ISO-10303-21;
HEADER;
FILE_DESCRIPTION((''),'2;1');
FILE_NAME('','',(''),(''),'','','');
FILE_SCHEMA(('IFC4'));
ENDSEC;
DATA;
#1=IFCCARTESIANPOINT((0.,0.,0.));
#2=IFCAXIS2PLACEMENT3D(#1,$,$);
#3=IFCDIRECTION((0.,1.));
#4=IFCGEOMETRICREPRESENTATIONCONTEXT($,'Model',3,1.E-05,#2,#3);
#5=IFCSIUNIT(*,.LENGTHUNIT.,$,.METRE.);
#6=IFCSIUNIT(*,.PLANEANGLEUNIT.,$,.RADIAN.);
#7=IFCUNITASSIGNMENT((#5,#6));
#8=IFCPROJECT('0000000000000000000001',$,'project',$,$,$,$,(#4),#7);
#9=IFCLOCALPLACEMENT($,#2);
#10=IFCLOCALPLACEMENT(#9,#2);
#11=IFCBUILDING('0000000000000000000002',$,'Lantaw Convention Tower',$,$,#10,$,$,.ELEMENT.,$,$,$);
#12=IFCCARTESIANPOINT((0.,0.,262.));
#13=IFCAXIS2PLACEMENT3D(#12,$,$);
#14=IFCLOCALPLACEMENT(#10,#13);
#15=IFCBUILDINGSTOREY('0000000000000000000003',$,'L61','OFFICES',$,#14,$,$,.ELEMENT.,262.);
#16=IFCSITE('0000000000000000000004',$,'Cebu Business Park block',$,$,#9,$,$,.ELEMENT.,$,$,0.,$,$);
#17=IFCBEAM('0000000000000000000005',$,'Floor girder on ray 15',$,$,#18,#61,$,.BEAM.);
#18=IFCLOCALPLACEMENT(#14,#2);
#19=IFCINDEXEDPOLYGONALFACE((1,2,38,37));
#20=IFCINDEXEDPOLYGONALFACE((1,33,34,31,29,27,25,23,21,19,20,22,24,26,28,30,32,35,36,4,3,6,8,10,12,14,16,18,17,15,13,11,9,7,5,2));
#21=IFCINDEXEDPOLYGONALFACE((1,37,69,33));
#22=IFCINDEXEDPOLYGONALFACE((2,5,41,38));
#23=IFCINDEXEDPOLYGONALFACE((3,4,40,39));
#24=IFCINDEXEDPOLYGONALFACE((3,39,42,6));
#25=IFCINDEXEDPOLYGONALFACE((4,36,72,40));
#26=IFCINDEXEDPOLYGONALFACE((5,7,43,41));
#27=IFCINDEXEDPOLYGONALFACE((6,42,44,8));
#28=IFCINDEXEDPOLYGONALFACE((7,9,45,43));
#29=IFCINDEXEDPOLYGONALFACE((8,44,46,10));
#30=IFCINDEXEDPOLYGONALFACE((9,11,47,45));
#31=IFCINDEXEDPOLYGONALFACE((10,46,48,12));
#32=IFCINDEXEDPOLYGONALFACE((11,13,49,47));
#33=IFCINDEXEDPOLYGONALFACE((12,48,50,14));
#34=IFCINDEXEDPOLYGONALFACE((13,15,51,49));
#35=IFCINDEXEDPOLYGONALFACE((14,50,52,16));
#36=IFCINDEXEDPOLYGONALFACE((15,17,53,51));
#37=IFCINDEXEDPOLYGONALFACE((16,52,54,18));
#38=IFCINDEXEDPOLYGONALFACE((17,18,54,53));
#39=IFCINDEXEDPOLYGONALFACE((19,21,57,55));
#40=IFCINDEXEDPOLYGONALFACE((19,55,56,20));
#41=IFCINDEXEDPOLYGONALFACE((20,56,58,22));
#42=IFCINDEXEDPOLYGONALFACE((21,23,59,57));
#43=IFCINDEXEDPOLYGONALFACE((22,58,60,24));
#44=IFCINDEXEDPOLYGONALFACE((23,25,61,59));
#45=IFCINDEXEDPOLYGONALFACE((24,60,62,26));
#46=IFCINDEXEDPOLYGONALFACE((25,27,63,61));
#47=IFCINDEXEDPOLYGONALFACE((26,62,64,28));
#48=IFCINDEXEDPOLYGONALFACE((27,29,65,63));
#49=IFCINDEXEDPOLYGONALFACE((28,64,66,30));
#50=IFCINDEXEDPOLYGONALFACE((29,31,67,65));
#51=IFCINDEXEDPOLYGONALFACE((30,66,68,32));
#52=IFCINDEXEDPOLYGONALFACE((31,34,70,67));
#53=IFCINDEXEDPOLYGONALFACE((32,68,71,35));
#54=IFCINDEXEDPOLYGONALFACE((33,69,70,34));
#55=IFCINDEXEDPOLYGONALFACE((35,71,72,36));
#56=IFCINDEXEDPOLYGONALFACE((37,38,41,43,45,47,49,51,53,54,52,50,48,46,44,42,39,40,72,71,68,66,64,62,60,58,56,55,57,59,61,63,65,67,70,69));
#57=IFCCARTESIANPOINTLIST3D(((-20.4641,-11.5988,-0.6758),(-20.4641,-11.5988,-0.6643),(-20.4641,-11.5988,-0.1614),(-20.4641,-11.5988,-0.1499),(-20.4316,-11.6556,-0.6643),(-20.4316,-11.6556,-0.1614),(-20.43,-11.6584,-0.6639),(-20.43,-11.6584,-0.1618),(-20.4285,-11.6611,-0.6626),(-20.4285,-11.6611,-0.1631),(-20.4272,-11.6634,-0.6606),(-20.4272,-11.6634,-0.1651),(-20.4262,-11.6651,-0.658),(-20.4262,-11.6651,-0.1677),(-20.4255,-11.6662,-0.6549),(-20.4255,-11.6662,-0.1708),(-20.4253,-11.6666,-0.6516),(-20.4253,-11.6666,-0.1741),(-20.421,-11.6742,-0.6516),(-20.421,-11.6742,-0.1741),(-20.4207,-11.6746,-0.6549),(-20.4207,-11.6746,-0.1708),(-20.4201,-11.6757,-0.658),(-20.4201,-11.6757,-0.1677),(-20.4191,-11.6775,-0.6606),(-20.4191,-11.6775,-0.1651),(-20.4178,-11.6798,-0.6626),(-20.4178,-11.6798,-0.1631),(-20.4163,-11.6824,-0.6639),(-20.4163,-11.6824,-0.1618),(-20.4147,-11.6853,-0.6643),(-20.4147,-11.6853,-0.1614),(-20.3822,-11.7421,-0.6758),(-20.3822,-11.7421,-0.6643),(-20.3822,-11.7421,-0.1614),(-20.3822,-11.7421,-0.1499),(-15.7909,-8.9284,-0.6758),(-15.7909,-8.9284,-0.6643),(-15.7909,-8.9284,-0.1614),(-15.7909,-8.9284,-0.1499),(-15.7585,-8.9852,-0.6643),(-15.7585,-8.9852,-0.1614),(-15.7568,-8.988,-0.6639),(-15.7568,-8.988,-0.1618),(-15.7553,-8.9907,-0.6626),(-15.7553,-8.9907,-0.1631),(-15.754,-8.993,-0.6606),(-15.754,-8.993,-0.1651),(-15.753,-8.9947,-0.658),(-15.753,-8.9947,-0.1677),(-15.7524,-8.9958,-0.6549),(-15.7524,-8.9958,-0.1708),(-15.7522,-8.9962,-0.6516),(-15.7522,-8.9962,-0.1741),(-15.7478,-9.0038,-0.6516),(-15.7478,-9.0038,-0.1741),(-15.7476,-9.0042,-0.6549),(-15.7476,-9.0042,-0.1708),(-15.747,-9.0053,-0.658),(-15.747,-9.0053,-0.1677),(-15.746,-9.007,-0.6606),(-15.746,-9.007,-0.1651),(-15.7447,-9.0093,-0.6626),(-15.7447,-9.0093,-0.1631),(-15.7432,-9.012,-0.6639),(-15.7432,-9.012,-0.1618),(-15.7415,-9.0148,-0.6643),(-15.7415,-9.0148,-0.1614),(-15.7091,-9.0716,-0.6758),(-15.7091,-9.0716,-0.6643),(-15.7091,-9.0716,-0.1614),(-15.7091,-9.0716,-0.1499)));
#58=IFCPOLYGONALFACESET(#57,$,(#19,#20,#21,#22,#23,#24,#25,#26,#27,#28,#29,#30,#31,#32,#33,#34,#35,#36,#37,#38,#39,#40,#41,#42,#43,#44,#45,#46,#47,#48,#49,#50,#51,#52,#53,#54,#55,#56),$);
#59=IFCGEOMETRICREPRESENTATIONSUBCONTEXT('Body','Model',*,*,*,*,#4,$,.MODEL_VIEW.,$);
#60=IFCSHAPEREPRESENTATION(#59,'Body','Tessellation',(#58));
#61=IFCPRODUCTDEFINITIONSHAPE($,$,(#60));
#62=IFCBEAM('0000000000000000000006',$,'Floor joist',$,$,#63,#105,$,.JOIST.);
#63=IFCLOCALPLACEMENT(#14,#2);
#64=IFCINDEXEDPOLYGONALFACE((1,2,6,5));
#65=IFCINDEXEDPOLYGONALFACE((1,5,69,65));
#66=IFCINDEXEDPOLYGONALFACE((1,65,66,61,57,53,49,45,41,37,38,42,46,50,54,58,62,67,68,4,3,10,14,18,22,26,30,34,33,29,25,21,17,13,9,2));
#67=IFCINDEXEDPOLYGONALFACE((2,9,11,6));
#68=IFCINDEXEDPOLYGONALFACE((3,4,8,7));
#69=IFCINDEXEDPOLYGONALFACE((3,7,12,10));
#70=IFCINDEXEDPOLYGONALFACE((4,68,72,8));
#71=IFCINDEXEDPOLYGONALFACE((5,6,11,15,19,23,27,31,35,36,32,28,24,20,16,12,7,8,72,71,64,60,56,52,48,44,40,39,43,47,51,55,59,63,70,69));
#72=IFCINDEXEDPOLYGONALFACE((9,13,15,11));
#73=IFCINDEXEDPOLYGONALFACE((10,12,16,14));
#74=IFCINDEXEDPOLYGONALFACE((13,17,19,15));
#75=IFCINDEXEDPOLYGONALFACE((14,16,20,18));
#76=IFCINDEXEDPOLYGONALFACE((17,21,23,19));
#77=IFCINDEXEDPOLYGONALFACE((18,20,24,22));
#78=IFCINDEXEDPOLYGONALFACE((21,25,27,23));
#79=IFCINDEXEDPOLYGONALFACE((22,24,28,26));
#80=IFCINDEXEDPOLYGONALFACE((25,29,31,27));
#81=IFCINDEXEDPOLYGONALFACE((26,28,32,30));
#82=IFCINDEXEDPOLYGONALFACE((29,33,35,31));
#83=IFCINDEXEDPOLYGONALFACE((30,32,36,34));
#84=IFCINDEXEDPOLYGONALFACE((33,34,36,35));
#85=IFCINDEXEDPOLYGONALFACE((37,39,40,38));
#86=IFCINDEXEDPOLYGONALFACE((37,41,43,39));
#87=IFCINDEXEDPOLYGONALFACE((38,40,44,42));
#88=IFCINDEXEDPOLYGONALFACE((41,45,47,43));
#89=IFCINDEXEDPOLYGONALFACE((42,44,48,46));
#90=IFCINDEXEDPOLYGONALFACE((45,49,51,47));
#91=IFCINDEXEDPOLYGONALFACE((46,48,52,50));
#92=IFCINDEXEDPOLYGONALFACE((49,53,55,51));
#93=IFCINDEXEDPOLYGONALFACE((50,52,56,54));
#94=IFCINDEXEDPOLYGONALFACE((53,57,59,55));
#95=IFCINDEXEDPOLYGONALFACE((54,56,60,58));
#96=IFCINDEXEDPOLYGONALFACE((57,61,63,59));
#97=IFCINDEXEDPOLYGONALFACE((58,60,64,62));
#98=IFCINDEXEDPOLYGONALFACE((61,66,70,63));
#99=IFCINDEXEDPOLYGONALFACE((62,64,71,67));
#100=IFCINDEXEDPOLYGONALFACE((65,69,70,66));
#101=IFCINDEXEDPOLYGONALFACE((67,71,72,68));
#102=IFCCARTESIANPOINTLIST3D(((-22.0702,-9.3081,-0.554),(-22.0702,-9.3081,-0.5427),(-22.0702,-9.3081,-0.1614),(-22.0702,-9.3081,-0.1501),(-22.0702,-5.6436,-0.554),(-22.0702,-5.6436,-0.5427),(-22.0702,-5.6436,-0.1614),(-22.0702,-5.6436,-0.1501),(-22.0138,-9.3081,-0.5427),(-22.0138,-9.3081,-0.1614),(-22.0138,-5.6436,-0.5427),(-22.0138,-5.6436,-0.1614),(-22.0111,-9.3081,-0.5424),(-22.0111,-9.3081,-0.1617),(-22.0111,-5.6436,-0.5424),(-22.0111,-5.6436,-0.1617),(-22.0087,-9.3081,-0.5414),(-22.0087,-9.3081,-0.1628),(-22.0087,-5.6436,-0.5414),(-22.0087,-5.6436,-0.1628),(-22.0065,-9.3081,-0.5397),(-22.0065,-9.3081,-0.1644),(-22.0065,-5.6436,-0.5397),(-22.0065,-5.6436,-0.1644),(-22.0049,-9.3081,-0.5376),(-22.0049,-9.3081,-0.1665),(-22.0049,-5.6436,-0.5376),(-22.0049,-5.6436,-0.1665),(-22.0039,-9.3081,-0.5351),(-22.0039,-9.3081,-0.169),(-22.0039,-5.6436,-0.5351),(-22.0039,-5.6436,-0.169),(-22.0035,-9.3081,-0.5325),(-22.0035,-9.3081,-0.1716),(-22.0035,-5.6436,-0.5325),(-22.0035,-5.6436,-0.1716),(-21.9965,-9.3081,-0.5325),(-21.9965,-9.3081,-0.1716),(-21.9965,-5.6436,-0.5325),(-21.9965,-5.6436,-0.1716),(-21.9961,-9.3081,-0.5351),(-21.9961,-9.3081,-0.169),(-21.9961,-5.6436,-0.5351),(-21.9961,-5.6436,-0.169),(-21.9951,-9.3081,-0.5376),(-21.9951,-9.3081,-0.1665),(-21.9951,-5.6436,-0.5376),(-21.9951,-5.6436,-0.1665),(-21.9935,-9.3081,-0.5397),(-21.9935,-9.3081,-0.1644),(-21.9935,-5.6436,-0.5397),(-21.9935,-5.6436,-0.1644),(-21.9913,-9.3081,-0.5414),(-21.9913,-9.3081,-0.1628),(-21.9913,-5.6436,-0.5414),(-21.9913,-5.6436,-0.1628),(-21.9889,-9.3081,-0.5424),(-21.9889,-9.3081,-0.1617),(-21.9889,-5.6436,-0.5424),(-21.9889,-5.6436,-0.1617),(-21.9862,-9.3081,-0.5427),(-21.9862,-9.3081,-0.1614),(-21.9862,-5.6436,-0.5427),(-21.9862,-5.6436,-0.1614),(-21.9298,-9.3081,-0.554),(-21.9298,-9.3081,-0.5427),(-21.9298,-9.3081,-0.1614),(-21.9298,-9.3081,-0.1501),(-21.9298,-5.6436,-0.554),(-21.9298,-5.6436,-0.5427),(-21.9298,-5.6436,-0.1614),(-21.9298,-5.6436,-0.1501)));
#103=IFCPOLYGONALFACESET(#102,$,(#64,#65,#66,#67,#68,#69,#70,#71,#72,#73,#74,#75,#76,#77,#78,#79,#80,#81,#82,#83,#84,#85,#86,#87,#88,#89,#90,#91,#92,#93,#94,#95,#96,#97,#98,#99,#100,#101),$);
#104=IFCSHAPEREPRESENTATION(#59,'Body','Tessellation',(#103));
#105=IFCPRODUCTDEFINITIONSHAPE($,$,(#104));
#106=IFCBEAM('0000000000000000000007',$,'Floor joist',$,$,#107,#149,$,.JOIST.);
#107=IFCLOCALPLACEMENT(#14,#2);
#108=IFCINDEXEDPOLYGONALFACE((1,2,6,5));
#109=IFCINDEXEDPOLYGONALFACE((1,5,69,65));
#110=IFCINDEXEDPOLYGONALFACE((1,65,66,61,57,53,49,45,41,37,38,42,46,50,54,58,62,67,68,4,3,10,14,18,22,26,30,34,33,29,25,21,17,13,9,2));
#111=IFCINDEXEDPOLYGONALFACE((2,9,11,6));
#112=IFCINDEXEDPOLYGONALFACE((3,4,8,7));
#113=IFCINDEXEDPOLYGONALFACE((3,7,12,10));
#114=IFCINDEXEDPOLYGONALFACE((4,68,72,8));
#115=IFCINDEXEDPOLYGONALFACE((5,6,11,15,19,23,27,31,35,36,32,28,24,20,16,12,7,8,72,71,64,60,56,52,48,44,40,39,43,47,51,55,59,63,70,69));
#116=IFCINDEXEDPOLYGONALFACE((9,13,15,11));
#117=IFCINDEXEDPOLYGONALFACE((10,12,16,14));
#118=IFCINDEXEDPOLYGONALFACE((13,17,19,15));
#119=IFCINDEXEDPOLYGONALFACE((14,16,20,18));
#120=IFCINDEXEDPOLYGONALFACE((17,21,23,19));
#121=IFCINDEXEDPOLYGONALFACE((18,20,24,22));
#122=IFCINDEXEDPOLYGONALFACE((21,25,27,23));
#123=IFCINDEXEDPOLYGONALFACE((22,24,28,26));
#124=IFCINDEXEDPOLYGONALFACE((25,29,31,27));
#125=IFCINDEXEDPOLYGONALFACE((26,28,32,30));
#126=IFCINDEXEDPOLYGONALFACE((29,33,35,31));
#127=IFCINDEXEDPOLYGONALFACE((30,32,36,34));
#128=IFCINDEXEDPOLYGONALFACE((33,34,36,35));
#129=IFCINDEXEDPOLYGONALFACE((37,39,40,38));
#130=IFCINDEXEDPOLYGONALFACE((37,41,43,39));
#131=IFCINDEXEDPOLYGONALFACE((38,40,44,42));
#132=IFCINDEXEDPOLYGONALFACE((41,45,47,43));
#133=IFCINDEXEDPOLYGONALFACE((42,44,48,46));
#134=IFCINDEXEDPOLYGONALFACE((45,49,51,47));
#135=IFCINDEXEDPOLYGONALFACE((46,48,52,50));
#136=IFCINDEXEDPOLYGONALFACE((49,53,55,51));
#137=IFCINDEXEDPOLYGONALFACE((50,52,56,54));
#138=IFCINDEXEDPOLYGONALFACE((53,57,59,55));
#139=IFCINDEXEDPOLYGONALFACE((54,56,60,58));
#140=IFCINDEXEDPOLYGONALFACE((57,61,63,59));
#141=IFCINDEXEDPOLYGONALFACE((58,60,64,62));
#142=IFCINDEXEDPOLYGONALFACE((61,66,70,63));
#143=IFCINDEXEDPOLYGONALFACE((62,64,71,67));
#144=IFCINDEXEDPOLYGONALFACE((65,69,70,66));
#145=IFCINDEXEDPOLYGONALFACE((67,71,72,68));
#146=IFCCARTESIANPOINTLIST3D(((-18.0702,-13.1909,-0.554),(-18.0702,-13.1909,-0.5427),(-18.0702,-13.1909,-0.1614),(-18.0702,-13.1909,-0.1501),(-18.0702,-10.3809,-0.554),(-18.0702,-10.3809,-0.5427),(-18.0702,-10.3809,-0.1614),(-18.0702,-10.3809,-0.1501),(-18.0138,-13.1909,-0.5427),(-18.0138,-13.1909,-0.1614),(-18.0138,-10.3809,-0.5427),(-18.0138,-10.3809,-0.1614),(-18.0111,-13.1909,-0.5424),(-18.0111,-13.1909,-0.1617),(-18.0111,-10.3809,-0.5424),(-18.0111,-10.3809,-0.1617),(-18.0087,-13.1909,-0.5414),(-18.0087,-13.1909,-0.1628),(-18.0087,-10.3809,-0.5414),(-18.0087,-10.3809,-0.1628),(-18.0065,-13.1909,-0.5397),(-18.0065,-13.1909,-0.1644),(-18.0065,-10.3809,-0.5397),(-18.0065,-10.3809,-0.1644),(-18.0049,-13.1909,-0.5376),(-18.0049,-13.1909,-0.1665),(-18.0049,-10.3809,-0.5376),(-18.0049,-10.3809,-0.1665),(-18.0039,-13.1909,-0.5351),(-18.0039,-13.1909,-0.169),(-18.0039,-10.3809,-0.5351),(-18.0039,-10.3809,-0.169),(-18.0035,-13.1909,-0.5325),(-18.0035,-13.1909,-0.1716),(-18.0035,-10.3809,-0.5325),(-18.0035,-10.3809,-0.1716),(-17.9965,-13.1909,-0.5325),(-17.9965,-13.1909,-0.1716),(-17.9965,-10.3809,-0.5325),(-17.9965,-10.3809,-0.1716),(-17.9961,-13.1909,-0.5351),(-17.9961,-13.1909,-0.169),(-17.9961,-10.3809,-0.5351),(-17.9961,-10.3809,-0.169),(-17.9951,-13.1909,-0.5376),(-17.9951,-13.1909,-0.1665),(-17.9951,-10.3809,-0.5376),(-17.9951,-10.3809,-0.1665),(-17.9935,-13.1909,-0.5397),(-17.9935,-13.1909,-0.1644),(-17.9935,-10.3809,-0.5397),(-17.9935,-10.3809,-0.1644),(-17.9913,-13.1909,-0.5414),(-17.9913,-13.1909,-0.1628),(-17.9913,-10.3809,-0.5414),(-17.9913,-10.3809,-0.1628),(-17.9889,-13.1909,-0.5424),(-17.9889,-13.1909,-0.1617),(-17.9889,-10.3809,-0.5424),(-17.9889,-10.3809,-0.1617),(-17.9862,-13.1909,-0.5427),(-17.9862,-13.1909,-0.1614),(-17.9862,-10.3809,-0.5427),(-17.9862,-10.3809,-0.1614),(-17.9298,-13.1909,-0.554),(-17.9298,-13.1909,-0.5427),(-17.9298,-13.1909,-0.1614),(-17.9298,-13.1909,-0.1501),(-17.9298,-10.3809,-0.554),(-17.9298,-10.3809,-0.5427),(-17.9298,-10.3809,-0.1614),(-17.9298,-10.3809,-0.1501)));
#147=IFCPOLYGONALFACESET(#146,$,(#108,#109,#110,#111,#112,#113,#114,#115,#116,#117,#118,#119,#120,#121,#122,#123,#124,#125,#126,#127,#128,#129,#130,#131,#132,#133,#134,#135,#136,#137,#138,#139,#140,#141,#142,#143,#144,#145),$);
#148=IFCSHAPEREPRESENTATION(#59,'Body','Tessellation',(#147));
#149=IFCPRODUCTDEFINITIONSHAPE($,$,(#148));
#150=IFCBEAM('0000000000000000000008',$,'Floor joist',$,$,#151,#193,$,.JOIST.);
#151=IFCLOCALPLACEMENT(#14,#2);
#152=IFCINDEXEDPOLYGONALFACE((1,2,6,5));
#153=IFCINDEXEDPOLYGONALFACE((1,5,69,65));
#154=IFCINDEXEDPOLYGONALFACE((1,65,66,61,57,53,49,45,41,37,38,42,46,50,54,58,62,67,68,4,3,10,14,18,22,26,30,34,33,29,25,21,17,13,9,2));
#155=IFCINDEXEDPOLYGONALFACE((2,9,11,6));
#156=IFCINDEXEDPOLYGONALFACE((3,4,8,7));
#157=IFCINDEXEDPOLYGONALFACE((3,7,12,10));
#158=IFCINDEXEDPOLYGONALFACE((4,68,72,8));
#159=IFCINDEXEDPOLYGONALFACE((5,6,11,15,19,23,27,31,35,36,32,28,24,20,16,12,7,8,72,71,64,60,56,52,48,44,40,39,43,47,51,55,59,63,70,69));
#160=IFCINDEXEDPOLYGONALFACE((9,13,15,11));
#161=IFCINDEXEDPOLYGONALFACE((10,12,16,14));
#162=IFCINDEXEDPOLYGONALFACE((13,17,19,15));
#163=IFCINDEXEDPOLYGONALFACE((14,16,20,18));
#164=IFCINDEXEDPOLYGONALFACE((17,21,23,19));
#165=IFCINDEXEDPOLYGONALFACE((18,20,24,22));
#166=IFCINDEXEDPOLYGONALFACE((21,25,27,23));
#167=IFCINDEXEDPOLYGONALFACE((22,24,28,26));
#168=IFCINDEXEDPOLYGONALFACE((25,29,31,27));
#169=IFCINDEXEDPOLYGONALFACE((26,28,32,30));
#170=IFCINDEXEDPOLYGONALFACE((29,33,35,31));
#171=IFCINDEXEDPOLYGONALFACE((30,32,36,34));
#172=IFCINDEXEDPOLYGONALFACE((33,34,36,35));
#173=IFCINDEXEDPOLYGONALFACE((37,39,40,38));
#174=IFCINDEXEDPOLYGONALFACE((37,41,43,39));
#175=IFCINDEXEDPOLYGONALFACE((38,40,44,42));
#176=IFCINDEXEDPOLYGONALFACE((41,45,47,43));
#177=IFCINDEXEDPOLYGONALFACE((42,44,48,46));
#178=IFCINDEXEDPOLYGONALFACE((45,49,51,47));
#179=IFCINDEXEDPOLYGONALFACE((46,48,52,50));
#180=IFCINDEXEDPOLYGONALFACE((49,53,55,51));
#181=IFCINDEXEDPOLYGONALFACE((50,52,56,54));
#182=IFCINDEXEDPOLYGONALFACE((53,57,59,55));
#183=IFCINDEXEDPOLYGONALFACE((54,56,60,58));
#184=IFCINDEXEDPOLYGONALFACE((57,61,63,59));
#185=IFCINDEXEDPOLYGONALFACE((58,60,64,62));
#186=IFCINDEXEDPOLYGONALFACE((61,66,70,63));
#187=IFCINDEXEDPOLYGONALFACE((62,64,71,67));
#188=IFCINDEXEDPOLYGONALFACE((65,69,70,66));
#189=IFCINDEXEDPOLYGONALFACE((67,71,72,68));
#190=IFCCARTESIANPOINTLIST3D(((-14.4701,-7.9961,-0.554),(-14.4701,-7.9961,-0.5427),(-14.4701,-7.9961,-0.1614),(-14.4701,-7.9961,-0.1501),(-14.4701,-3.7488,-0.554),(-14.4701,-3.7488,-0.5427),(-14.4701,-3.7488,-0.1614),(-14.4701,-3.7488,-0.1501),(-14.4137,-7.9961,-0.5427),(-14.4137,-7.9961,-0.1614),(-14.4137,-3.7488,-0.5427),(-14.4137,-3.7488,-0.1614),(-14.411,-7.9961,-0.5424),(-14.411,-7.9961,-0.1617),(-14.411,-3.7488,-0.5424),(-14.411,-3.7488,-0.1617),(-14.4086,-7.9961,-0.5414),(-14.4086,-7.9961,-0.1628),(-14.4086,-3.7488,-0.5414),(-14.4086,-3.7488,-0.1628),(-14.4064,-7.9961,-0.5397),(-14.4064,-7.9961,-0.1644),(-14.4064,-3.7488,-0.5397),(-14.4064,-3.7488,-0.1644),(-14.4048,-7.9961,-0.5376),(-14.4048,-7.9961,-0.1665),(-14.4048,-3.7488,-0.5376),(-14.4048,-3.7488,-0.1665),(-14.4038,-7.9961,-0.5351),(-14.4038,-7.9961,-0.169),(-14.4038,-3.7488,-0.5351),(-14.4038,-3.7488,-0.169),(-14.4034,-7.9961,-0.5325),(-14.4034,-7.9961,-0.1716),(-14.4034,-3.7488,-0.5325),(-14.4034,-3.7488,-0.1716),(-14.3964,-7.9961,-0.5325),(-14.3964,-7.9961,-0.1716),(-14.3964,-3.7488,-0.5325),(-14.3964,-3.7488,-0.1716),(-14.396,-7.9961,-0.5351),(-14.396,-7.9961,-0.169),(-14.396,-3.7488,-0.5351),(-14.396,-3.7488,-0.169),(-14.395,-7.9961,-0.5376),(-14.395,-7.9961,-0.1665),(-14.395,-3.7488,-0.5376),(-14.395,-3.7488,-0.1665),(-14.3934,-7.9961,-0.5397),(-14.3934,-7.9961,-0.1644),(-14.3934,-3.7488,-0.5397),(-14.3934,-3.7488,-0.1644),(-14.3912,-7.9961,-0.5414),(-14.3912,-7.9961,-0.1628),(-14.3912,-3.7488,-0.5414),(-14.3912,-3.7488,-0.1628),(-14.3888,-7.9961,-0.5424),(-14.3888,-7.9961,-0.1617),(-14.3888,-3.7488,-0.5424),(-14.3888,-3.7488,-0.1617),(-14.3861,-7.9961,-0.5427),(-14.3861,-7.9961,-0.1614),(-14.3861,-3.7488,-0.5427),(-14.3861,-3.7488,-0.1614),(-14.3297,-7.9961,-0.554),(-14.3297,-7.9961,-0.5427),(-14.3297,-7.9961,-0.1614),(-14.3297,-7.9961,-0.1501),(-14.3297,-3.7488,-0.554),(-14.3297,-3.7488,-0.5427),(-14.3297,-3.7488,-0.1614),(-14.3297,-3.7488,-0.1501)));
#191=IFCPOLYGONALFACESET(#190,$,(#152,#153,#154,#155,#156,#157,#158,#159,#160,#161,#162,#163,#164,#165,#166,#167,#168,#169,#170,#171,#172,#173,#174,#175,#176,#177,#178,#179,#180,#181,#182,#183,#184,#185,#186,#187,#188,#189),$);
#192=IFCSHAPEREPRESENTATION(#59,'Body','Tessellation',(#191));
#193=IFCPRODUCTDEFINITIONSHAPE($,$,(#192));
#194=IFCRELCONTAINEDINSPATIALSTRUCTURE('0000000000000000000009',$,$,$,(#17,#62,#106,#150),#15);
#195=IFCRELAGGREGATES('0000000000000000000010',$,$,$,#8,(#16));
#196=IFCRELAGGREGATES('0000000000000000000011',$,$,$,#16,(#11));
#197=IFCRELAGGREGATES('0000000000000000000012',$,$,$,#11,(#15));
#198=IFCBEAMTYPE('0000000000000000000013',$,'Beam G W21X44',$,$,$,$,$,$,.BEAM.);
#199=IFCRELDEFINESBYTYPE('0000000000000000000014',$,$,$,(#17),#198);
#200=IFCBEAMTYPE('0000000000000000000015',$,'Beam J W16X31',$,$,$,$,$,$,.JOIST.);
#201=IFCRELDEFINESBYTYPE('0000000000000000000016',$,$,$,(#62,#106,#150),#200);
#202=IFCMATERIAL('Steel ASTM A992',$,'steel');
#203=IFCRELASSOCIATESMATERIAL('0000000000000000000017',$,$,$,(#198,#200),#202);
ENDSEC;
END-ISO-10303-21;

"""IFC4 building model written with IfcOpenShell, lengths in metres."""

from ifc_helpers import new_model, si_unit, direction, frame, origin, origin_2d, place, context, subcontext, project, spatial, i_section, extrude, material, material_profile, profile_set, type_object, element, save


model = new_model("IFC4")

# Units and contexts
model_context = context("Model", 3, precision=1e-05, world=origin(), true_north=direction((0.0, 1.0)))
body_context = subcontext(model_context, "Body", "Model", "MODEL_VIEW")
ifc_project = project(units=[si_unit("LENGTHUNIT", "METRE"), si_unit("PLANEANGLEUNIT", "RADIAN")], contexts=[model_context])

# Site, building, storey
site_placement = place(None, origin())
site = spatial("IfcSite", under=ifc_project, at=site_placement, Name="Cebu Business Park block", CompositionType="ELEMENT", RefElevation=0.0)
building_placement = place(site_placement, origin())
building = spatial("IfcBuilding", under=site, at=building_placement, Name="Lantaw Convention Tower", CompositionType="ELEMENT")
storey_placement = place(building_placement, frame((0.0, 0.0, 262.0)))
storey = spatial("IfcBuildingStorey", under=building, at=storey_placement, Name="L61", Description="OFFICES", CompositionType="ELEMENT", Elevation=262.0)

# Beams
ifc_material_1 = material(Name="Steel ASTM A992", Category="steel")
ifc_material_profile_1 = material_profile(ifc_material_1, i_section(OverallWidth=0.165, OverallDepth=0.5259, WebThickness=0.0088, FlangeThickness=0.0115, FilletRadius=0.0127, at=origin_2d()), Name="W21X44")
ifc_profile_set_1 = profile_set([ifc_material_profile_1], Name="Steel ASTM A992")
beam_type_1 = type_object("IfcBeamType", Name="Beam G W21X44", PredefinedType="BEAM", material=ifc_profile_set_1)
beam_1_placement = place(storey_placement, frame((-15.75, -9.0, -0.4128), z_axis=(-0.868238, -0.496149, 0.0), x_axis=(0.496149, -0.868238, 0.0)))
element("IfcBeam", 1, at=beam_1_placement, inside=storey, type_object=beam_type_1, Name="Floor girder on ray 15", PredefinedType="BEAM", context=body_context, shape_type="SweptSolid", body=[
    extrude(i_section(OverallWidth=0.165, OverallDepth=0.5259, WebThickness=0.0088, FlangeThickness=0.0115, FilletRadius=0.0127, at=origin_2d()), origin(), (0.0, 0.0, 1.0), 5.3823),
])
ifc_material_profile_2 = material_profile(ifc_material_1, i_section(OverallWidth=0.1404, OverallDepth=0.4038, WebThickness=0.0071, FlangeThickness=0.0112, FilletRadius=0.0103, at=origin_2d()), Name="W16X31")
ifc_profile_set_2 = profile_set([ifc_material_profile_2], Name="Steel ASTM A992")
beam_type_2 = type_object("IfcBeamType", Name="Beam J W16X31", PredefinedType="JOIST", material=ifc_profile_set_2)
beam_2_placement = place(storey_placement, frame((-22.0, -9.3081, -0.3521), z_axis=(0.0, 1.0, 0.0), x_axis=(-1.0, 0.0, 0.0)))
element("IfcBeam", 2, at=beam_2_placement, inside=storey, type_object=beam_type_2, Name="Floor joist", PredefinedType="JOIST", context=body_context, shape_type="SweptSolid", body=[
    extrude(i_section(OverallWidth=0.1404, OverallDepth=0.4038, WebThickness=0.0071, FlangeThickness=0.0112, FilletRadius=0.0103, at=origin_2d()), origin(), (0.0, 0.0, 1.0), 3.6646),
])
beam_3_placement = place(storey_placement, frame((-18.0, -13.1909, -0.3521), z_axis=(0.0, 1.0, 0.0), x_axis=(-1.0, 0.0, 0.0)))
element("IfcBeam", 3, at=beam_3_placement, inside=storey, type_object=beam_type_2, Name="Floor joist", PredefinedType="JOIST", context=body_context, shape_type="SweptSolid", body=[
    extrude(i_section(OverallWidth=0.1404, OverallDepth=0.4038, WebThickness=0.0071, FlangeThickness=0.0112, FilletRadius=0.0103, at=origin_2d()), origin(), (0.0, 0.0, 1.0), 2.8101),
])
beam_4_placement = place(storey_placement, frame((-14.3999, -7.9961, -0.3521), z_axis=(0.0, 1.0, 0.0), x_axis=(-1.0, 0.0, 0.0)))
element("IfcBeam", 4, at=beam_4_placement, inside=storey, type_object=beam_type_2, Name="Floor joist", PredefinedType="JOIST", context=body_context, shape_type="SweptSolid", body=[
    extrude(i_section(OverallWidth=0.1404, OverallDepth=0.4038, WebThickness=0.0071, FlangeThickness=0.0112, FilletRadius=0.0103, at=origin_2d()), origin(), (0.0, 0.0, 1.0), 4.2473),
])

save(model, "model.ifc")
